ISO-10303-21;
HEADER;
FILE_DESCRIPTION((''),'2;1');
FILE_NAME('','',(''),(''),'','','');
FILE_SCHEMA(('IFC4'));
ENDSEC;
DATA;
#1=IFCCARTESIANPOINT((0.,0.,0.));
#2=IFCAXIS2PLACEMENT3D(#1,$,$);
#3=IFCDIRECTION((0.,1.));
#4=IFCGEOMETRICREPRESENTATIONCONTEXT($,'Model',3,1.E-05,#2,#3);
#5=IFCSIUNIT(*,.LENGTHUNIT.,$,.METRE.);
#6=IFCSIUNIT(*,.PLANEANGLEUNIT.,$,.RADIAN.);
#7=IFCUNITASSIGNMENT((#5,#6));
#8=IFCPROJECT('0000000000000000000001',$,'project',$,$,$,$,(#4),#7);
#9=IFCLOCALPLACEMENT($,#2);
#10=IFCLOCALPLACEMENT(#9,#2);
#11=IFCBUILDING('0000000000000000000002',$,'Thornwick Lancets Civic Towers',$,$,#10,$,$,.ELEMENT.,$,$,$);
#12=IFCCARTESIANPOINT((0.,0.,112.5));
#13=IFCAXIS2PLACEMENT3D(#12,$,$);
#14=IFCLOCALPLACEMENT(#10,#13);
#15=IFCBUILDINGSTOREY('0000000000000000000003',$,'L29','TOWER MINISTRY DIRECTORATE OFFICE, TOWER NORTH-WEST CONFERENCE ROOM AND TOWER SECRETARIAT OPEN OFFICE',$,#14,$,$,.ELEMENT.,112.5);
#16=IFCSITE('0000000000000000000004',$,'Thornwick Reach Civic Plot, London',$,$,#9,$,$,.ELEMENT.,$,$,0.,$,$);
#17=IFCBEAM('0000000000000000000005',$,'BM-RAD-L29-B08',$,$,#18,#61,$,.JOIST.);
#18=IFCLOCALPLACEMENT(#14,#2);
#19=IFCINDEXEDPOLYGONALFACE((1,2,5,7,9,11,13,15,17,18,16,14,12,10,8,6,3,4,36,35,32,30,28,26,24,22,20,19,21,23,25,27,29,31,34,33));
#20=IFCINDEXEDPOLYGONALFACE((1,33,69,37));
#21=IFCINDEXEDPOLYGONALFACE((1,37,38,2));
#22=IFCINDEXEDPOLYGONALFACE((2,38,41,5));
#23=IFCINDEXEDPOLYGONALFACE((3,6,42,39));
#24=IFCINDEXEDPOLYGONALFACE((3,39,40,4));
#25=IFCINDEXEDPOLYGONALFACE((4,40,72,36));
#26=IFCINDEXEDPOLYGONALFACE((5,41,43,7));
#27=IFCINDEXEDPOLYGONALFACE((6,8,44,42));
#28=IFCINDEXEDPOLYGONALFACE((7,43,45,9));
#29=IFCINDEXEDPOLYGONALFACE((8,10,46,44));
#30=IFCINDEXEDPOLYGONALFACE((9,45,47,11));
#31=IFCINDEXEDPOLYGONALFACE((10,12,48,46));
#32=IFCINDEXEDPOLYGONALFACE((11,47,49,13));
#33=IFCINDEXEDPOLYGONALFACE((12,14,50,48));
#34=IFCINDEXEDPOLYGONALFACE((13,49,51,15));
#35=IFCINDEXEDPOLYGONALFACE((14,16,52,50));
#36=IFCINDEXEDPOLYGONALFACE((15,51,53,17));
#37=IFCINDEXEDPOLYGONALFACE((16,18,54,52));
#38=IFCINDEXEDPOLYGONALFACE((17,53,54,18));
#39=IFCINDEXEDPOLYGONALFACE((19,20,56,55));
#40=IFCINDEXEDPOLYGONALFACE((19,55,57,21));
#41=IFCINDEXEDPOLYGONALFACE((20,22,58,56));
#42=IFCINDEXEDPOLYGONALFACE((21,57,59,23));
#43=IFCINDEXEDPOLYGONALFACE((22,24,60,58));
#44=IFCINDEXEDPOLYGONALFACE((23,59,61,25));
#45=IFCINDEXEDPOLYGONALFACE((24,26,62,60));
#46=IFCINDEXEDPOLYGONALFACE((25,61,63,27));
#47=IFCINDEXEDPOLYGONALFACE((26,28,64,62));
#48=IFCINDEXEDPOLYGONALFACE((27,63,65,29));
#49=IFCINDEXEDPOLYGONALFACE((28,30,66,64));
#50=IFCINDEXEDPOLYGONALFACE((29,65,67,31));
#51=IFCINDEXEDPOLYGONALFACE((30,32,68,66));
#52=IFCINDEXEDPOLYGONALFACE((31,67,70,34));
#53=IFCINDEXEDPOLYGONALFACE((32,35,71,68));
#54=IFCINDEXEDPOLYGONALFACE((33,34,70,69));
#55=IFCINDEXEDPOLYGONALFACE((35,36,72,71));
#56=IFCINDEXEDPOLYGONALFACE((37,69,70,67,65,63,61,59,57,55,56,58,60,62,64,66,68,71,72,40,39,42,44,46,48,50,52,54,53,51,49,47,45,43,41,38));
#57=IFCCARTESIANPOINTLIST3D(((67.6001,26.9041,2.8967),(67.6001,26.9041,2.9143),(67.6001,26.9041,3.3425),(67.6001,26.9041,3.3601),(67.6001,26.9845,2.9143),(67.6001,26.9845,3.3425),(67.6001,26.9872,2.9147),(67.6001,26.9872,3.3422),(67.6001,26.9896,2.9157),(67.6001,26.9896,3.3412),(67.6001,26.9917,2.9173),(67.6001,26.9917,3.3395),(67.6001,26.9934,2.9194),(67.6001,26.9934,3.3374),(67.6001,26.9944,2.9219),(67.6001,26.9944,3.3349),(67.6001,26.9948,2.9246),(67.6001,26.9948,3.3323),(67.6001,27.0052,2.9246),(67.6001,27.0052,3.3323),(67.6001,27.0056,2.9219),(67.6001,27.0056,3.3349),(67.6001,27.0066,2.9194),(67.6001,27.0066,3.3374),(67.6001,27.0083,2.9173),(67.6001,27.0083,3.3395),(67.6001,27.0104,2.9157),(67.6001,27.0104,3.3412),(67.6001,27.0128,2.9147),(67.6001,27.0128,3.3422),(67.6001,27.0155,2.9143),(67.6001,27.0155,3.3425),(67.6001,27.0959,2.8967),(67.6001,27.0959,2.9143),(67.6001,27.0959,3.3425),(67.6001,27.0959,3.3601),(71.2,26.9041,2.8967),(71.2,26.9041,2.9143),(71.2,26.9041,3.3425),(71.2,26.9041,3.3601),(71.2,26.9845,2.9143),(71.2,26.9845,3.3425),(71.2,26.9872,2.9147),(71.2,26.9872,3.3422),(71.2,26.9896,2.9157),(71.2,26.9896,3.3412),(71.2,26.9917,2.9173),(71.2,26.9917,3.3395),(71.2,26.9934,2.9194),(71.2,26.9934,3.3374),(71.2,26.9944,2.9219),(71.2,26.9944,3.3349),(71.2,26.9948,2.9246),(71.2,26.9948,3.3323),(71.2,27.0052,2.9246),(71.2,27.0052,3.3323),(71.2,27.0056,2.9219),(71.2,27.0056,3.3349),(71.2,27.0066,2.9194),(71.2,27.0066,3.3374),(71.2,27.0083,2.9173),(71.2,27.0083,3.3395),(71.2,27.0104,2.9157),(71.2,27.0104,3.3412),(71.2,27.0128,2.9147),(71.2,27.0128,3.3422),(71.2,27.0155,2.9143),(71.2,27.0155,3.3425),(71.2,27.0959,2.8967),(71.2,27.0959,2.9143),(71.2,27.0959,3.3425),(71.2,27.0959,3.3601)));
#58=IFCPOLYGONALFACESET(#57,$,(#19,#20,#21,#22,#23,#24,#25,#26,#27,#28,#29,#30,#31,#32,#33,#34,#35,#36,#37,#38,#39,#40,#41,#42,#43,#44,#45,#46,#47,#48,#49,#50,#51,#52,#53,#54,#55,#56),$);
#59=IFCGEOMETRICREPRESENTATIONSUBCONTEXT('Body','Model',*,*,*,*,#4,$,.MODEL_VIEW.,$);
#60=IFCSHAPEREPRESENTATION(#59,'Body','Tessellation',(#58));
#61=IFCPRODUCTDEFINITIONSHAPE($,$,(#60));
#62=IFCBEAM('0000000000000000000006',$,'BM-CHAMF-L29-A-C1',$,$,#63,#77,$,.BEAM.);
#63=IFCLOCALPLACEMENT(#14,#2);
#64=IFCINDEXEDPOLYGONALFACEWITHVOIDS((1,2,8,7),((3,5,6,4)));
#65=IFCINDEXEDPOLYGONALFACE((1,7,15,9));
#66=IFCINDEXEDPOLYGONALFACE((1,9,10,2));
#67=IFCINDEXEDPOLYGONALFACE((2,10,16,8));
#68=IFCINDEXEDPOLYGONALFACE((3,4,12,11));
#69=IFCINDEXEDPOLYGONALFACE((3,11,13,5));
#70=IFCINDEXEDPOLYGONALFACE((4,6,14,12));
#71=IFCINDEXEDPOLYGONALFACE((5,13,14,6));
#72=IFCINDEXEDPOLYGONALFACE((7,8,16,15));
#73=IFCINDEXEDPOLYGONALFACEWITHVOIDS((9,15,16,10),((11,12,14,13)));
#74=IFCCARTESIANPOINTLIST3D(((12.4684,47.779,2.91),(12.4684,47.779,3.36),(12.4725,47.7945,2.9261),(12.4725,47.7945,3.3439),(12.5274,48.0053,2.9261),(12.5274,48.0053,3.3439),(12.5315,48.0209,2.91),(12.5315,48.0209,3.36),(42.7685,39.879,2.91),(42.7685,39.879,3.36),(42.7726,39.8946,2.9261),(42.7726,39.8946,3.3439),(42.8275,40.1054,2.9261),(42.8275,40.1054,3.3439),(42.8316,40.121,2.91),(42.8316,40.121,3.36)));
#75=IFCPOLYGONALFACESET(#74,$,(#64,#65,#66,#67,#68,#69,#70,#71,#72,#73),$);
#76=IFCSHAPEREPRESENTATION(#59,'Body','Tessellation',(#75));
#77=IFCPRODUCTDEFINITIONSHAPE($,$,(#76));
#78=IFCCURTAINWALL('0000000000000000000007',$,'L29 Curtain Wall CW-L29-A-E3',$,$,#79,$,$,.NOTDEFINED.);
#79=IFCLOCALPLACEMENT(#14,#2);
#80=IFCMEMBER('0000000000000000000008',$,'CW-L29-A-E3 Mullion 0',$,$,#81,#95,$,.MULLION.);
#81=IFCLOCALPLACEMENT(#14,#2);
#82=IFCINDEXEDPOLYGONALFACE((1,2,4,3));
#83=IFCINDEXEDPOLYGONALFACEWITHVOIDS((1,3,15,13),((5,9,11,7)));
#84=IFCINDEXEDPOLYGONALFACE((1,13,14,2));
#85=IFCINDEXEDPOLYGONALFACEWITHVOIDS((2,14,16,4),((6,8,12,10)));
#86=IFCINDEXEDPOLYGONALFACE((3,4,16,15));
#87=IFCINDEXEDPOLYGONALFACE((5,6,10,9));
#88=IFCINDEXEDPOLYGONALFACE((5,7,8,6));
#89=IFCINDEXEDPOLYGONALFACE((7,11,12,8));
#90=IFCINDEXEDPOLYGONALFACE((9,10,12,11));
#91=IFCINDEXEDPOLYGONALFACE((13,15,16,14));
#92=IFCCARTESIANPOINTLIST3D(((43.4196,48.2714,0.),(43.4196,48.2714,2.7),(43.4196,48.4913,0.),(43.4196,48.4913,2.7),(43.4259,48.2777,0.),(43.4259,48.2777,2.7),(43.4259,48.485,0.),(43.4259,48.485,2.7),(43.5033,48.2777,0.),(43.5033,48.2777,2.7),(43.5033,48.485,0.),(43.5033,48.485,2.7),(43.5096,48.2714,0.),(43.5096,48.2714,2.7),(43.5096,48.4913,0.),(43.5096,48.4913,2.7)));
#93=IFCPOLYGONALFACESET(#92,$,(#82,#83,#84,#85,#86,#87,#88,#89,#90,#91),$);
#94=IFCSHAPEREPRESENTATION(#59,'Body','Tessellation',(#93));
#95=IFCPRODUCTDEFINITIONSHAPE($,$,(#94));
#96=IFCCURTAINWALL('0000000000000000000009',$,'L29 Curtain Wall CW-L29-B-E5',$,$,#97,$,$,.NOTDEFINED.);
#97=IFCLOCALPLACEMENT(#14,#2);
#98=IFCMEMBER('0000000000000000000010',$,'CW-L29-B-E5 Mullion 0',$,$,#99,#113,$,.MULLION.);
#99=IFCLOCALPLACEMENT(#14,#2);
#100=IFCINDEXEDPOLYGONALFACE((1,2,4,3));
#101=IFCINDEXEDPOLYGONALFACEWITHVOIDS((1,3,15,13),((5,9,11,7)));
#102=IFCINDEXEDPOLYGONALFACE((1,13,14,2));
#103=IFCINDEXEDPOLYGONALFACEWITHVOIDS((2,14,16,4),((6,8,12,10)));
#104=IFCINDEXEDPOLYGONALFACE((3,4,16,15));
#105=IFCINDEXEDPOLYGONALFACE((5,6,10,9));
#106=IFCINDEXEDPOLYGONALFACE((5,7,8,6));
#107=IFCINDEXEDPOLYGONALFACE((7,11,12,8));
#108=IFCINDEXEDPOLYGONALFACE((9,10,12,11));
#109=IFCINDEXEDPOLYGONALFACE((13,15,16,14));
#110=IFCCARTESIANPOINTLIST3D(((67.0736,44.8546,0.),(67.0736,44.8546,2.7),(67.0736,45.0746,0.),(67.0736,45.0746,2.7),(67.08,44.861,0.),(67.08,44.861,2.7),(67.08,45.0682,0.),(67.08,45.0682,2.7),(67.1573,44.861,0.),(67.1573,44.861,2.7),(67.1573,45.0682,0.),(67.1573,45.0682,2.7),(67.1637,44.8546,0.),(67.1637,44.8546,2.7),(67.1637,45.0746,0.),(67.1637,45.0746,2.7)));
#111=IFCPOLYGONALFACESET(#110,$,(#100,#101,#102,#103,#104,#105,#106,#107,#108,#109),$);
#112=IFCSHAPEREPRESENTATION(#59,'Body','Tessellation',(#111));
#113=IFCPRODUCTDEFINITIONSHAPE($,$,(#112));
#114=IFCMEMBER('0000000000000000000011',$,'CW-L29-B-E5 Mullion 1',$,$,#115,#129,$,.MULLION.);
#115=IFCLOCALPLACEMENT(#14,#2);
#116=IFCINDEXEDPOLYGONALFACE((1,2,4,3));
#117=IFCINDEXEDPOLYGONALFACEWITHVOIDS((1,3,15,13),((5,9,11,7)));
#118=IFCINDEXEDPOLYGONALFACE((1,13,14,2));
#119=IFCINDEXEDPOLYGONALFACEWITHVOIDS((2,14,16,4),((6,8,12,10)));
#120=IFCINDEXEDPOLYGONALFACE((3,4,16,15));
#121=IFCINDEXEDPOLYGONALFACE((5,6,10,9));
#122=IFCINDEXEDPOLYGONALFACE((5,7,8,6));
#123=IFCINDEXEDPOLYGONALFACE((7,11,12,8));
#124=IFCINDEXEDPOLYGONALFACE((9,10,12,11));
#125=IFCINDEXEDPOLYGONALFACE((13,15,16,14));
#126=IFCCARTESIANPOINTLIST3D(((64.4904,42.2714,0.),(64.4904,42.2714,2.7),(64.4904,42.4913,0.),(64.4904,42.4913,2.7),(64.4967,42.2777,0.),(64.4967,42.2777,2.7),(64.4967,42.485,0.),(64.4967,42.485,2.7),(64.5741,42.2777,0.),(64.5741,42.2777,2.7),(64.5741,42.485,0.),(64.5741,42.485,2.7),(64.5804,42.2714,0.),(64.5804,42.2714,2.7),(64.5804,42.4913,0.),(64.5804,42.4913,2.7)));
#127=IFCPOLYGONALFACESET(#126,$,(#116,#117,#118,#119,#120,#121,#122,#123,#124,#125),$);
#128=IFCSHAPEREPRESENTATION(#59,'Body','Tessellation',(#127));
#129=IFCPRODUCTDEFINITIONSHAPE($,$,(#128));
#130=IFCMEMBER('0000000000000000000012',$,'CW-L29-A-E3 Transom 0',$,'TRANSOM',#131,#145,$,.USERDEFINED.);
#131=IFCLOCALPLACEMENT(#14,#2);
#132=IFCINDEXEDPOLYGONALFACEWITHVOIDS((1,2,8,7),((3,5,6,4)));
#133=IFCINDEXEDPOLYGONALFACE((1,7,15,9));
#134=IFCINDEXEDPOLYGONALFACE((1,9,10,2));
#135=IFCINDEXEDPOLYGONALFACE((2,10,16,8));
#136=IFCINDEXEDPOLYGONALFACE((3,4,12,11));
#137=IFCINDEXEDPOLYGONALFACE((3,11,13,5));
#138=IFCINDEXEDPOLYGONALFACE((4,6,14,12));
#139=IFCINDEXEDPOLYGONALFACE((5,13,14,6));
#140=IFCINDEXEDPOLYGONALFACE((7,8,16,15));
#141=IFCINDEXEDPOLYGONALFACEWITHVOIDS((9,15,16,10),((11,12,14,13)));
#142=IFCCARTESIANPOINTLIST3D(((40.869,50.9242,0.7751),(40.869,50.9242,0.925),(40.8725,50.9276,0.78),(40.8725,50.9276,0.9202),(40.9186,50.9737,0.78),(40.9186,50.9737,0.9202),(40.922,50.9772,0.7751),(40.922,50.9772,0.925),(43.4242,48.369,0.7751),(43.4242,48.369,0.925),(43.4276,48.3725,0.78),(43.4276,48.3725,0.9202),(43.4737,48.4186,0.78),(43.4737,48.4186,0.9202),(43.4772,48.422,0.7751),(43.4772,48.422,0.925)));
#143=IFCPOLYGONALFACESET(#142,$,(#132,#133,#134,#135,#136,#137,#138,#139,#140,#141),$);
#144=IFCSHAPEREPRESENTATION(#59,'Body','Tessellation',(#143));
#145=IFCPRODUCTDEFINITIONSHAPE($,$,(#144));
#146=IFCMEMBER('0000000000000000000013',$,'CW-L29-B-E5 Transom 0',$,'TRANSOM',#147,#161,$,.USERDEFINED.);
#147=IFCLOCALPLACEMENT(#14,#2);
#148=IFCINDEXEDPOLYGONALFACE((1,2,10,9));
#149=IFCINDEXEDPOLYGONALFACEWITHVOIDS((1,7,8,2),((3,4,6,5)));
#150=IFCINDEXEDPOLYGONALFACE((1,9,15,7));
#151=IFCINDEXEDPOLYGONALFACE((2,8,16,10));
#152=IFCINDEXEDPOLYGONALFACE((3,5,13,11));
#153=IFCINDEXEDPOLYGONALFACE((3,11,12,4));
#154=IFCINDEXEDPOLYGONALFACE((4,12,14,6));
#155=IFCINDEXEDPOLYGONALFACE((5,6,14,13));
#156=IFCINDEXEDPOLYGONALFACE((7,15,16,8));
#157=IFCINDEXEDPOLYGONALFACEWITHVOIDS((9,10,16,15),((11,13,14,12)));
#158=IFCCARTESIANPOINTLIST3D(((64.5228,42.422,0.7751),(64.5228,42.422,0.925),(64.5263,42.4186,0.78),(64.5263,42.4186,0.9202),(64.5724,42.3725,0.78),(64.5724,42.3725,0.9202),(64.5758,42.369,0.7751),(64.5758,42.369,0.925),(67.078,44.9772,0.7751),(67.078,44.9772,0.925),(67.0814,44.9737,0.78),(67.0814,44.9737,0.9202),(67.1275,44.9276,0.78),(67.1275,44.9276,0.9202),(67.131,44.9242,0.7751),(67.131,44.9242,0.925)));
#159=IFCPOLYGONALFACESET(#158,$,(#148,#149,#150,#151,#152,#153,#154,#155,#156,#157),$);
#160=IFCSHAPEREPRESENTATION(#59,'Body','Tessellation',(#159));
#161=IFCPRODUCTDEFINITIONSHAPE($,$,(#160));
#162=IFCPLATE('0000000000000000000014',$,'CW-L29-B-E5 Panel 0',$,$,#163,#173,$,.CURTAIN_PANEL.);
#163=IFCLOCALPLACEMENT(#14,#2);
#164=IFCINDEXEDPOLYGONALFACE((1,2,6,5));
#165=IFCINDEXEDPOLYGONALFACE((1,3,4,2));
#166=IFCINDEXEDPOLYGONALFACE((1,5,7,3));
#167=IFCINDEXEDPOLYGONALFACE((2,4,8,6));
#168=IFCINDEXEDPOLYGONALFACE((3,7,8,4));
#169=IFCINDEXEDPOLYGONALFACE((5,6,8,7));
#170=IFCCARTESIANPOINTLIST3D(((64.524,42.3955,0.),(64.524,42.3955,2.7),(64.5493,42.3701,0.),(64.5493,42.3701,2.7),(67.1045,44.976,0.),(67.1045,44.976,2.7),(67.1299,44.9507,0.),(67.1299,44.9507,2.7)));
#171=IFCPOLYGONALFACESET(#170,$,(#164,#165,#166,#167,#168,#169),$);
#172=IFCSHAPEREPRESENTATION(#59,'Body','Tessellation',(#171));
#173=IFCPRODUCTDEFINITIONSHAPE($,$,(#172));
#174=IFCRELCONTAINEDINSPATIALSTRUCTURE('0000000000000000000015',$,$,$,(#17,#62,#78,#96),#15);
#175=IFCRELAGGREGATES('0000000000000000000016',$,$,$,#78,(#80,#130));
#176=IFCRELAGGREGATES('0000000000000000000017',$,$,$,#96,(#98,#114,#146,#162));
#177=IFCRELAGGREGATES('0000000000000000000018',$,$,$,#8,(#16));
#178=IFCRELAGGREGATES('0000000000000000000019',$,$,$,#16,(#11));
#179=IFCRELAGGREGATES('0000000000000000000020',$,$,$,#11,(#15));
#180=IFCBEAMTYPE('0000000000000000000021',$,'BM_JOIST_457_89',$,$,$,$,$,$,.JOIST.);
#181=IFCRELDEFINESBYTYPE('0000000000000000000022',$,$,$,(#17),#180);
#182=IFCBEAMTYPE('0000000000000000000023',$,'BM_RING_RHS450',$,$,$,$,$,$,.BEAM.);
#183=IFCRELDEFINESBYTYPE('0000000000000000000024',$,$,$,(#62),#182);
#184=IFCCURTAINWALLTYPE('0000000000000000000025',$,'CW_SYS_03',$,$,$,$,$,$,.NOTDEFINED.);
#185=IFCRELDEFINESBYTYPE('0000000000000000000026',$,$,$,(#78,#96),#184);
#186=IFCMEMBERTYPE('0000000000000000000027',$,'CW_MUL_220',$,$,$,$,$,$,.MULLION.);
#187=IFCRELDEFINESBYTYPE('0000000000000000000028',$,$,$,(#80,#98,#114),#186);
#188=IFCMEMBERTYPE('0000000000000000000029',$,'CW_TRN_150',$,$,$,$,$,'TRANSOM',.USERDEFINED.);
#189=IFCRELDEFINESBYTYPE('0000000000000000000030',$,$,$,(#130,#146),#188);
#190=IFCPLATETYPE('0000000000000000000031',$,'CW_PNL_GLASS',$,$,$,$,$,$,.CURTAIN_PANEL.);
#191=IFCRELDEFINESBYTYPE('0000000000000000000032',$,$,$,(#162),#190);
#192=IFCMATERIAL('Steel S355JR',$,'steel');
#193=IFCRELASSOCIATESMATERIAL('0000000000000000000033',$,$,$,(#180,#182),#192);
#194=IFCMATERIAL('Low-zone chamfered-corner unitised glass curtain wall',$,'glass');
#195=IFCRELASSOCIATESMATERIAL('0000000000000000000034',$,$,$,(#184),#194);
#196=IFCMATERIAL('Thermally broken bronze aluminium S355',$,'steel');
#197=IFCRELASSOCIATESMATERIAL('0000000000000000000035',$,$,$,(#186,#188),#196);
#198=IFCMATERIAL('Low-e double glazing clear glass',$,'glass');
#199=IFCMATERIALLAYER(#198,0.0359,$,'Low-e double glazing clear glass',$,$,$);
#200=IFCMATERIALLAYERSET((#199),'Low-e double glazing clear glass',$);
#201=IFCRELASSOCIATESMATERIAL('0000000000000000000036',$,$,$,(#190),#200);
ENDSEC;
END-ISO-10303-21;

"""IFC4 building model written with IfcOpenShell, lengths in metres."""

from ifc_helpers import new_model, si_unit, direction, frame, origin, origin_2d, place, context, subcontext, project, spatial, rectangle, hollow_rectangle, i_section, extrude, material, layer, layer_set, material_profile, profile_set, type_object, element, aggregate, save


model = new_model("IFC4")

# Units and contexts
model_context = context("Model", 3, precision=1e-05, world=origin(), true_north=direction((0.0, 1.0)))
body_context = subcontext(model_context, "Body", "Model", "MODEL_VIEW")
ifc_project = project(units=[si_unit("LENGTHUNIT", "METRE"), si_unit("PLANEANGLEUNIT", "RADIAN")], contexts=[model_context])

# Site, building, storey
site_placement = place(None, origin())
site = spatial("IfcSite", under=ifc_project, at=site_placement, Name="Thornwick Reach Civic Plot, London", CompositionType="ELEMENT", RefElevation=0.0)
building_placement = place(site_placement, origin())
building = spatial("IfcBuilding", under=site, at=building_placement, Name="Thornwick Lancets Civic Towers", CompositionType="ELEMENT")
storey_placement = place(building_placement, frame((0.0, 0.0, 112.5)))
storey = spatial("IfcBuildingStorey", under=building, at=storey_placement, Name="L29", Description="TOWER MINISTRY DIRECTORATE OFFICE, TOWER NORTH-WEST CONFERENCE ROOM AND TOWER SECRETARIAT OPEN OFFICE", CompositionType="ELEMENT", Elevation=112.5)

# Beams
ifc_material_1 = material(Name="Steel S355JR", Category="steel")
ifc_material_profile_1 = material_profile(ifc_material_1, i_section(OverallWidth=0.1919, OverallDepth=0.4634, WebThickness=0.0105, FlangeThickness=0.0176, FilletRadius=0.0103, at=origin_2d()), Name="UKB 457x191x89")
ifc_profile_set_1 = profile_set([ifc_material_profile_1], Name="Steel S355JR")
beam_type_1 = type_object("IfcBeamType", Name="BM_JOIST_457_89", PredefinedType="JOIST", material=ifc_profile_set_1)
beam_1_placement = place(storey_placement, frame((71.2, 27.0, 3.1284), z_axis=(-1.0, 0.0, 0.0), x_axis=(0.0, -1.0, 0.0)))
element("IfcBeam", 1, at=beam_1_placement, inside=storey, type_object=beam_type_1, Name="BM-RAD-L29-B08", PredefinedType="JOIST", context=body_context, shape_type="SweptSolid", body=[
    extrude(i_section(OverallWidth=0.1919, OverallDepth=0.4634, WebThickness=0.0105, FlangeThickness=0.0176, FilletRadius=0.0103, at=origin_2d()), origin(), (0.0, 0.0, 1.0), 3.5999),
])
ifc_material_profile_2 = material_profile(ifc_material_1, hollow_rectangle(XDim=0.25, YDim=0.45, WallThickness=0.0161, at=origin_2d()), Name="RHS 450x250x16")
ifc_profile_set_2 = profile_set([ifc_material_profile_2], Name="Steel S355JR")
beam_type_2 = type_object("IfcBeamType", Name="BM_RING_RHS450", PredefinedType="BEAM", material=ifc_profile_set_2)
beam_2_placement = place(storey_placement, frame((42.8, 40.0, 3.135), z_axis=(-0.967652, 0.252289, 0.0), x_axis=(-0.252289, -0.967652, 0.0)))
element("IfcBeam", 2, at=beam_2_placement, inside=storey, type_object=beam_type_2, Name="BM-CHAMF-L29-A-C1", PredefinedType="BEAM", context=body_context, shape_type="SweptSolid", body=[
    extrude(hollow_rectangle(XDim=0.25, YDim=0.45, WallThickness=0.0161, at=origin_2d()), origin(), (0.0, 0.0, 1.0), 31.313),
])

# Curtain wall, member
ifc_material_2 = material(Name="Low-zone chamfered-corner unitised glass curtain wall", Category="glass")
curtain_wall_type = type_object("IfcCurtainWallType", Name="CW_SYS_03", PredefinedType="NOTDEFINED", material=ifc_material_2)
curtain_wall_1_placement = place(storey_placement, origin())
curtain_wall_1 = element("IfcCurtainWall", 3, at=curtain_wall_1_placement, inside=storey, type_object=curtain_wall_type, Name="L29 Curtain Wall CW-L29-A-E3", PredefinedType="NOTDEFINED")
ifc_material_3 = material(Name="Thermally broken bronze aluminium S355", Category="steel")
ifc_material_profile_3 = material_profile(ifc_material_3, hollow_rectangle(XDim=0.0901, YDim=0.22, WallThickness=0.0063, at=origin_2d()), Name="RHS 220x90x6.3")
ifc_profile_set_3 = profile_set([ifc_material_profile_3], Name="Thermally broken bronze aluminium S355")
member_type_1 = type_object("IfcMemberType", Name="CW_MUL_220", PredefinedType="MULLION", material=ifc_profile_set_3)
member_1_placement = place(storey_placement, frame((43.4646, 48.3813, 0.0), z_axis=(0.0, 0.0, 1.0), x_axis=(1.0, 0.0, 0.0)))
member_1 = element("IfcMember", 4, at=member_1_placement, type_object=member_type_1, Name="CW-L29-A-E3 Mullion 0", PredefinedType="MULLION", context=body_context, shape_type="SweptSolid", body=[
    extrude(hollow_rectangle(XDim=0.0901, YDim=0.22, WallThickness=0.0063, at=origin_2d()), origin(), (0.0, 0.0, 1.0), 2.7),
])

# Curtain wall, members
curtain_wall_2_placement = place(storey_placement, origin())
curtain_wall_2 = element("IfcCurtainWall", 5, at=curtain_wall_2_placement, inside=storey, type_object=curtain_wall_type, Name="L29 Curtain Wall CW-L29-B-E5", PredefinedType="NOTDEFINED")
member_2_placement = place(storey_placement, frame((67.1187, 44.9646, 0.0), z_axis=(0.0, 0.0, 1.0), x_axis=(1.0, 0.0, 0.0)))
member_2 = element("IfcMember", 6, at=member_2_placement, type_object=member_type_1, Name="CW-L29-B-E5 Mullion 0", PredefinedType="MULLION", context=body_context, shape_type="SweptSolid", body=[
    extrude(hollow_rectangle(XDim=0.0901, YDim=0.22, WallThickness=0.0063, at=origin_2d()), origin(), (0.0, 0.0, 1.0), 2.7),
])
member_3_placement = place(storey_placement, frame((64.5354, 42.3813, 0.0), z_axis=(0.0, 0.0, 1.0), x_axis=(1.0, 0.0, 0.0)))
member_3 = element("IfcMember", 7, at=member_3_placement, type_object=member_type_1, Name="CW-L29-B-E5 Mullion 1", PredefinedType="MULLION", context=body_context, shape_type="SweptSolid", body=[
    extrude(hollow_rectangle(XDim=0.0901, YDim=0.22, WallThickness=0.0063, at=origin_2d()), origin(), (0.0, 0.0, 1.0), 2.7),
])

# Members
ifc_material_profile_4 = material_profile(ifc_material_3, hollow_rectangle(XDim=0.075, YDim=0.1499, WallThickness=0.0049, at=origin_2d()), Name="RHS 150x75x5")
ifc_profile_set_4 = profile_set([ifc_material_profile_4], Name="Thermally broken bronze aluminium S355")
member_type_2 = type_object("IfcMemberType", Name="CW_TRN_150", ElementType="TRANSOM", PredefinedType="USERDEFINED", material=ifc_profile_set_4)
member_4_placement = place(storey_placement, frame((43.4507, 48.3955, 0.8501), z_axis=(-0.707107, 0.707107, 0.0), x_axis=(-0.707107, -0.707107, 0.0)))
member_4 = element("IfcMember", 8, at=member_4_placement, type_object=member_type_2, Name="CW-L29-A-E3 Transom 0", ObjectType="TRANSOM", PredefinedType="USERDEFINED", context=body_context, shape_type="SweptSolid", body=[
    extrude(hollow_rectangle(XDim=0.075, YDim=0.1499, WallThickness=0.0049, at=origin_2d()), origin(), (0.0, 0.0, 1.0), 3.6135),
])
aggregate(curtain_wall_1, [member_1, member_4])
member_5_placement = place(storey_placement, frame((67.1045, 44.9507, 0.8501), z_axis=(-0.707107, -0.707107, 0.0), x_axis=(0.707107, -0.707107, 0.0)))
member_5 = element("IfcMember", 9, at=member_5_placement, type_object=member_type_2, Name="CW-L29-B-E5 Transom 0", ObjectType="TRANSOM", PredefinedType="USERDEFINED", context=body_context, shape_type="SweptSolid", body=[
    extrude(hollow_rectangle(XDim=0.075, YDim=0.1499, WallThickness=0.0049, at=origin_2d()), origin(), (0.0, 0.0, 1.0), 3.6135),
])

# Plate
ifc_material_4 = material(Name="Low-e double glazing clear glass", Category="glass")
ifc_layer_1 = layer(ifc_material_4, 0.0359, Name="Low-e double glazing clear glass")
ifc_layer_set_1 = layer_set([ifc_layer_1], Name="Low-e double glazing clear glass")
plate_type = type_object("IfcPlateType", Name="CW_PNL_GLASS", PredefinedType="CURTAIN_PANEL", material=ifc_layer_set_1)
plate_placement = place(storey_placement, frame((65.8269, 43.6731, 0.0), z_axis=(0.0, 0.0, 1.0), x_axis=(-0.707107, -0.707107, 0.0)))
plate = element("IfcPlate", 10, at=plate_placement, type_object=plate_type, Name="CW-L29-B-E5 Panel 0", PredefinedType="CURTAIN_PANEL", context=body_context, shape_type="SweptSolid", body=[
    extrude(rectangle(XDim=3.6494, YDim=0.0359, at=origin_2d()), origin(), (0.0, 0.0, 1.0), 2.7),
])
aggregate(curtain_wall_2, [member_2, member_3, member_5, plate])

save(model, "model.ifc")
